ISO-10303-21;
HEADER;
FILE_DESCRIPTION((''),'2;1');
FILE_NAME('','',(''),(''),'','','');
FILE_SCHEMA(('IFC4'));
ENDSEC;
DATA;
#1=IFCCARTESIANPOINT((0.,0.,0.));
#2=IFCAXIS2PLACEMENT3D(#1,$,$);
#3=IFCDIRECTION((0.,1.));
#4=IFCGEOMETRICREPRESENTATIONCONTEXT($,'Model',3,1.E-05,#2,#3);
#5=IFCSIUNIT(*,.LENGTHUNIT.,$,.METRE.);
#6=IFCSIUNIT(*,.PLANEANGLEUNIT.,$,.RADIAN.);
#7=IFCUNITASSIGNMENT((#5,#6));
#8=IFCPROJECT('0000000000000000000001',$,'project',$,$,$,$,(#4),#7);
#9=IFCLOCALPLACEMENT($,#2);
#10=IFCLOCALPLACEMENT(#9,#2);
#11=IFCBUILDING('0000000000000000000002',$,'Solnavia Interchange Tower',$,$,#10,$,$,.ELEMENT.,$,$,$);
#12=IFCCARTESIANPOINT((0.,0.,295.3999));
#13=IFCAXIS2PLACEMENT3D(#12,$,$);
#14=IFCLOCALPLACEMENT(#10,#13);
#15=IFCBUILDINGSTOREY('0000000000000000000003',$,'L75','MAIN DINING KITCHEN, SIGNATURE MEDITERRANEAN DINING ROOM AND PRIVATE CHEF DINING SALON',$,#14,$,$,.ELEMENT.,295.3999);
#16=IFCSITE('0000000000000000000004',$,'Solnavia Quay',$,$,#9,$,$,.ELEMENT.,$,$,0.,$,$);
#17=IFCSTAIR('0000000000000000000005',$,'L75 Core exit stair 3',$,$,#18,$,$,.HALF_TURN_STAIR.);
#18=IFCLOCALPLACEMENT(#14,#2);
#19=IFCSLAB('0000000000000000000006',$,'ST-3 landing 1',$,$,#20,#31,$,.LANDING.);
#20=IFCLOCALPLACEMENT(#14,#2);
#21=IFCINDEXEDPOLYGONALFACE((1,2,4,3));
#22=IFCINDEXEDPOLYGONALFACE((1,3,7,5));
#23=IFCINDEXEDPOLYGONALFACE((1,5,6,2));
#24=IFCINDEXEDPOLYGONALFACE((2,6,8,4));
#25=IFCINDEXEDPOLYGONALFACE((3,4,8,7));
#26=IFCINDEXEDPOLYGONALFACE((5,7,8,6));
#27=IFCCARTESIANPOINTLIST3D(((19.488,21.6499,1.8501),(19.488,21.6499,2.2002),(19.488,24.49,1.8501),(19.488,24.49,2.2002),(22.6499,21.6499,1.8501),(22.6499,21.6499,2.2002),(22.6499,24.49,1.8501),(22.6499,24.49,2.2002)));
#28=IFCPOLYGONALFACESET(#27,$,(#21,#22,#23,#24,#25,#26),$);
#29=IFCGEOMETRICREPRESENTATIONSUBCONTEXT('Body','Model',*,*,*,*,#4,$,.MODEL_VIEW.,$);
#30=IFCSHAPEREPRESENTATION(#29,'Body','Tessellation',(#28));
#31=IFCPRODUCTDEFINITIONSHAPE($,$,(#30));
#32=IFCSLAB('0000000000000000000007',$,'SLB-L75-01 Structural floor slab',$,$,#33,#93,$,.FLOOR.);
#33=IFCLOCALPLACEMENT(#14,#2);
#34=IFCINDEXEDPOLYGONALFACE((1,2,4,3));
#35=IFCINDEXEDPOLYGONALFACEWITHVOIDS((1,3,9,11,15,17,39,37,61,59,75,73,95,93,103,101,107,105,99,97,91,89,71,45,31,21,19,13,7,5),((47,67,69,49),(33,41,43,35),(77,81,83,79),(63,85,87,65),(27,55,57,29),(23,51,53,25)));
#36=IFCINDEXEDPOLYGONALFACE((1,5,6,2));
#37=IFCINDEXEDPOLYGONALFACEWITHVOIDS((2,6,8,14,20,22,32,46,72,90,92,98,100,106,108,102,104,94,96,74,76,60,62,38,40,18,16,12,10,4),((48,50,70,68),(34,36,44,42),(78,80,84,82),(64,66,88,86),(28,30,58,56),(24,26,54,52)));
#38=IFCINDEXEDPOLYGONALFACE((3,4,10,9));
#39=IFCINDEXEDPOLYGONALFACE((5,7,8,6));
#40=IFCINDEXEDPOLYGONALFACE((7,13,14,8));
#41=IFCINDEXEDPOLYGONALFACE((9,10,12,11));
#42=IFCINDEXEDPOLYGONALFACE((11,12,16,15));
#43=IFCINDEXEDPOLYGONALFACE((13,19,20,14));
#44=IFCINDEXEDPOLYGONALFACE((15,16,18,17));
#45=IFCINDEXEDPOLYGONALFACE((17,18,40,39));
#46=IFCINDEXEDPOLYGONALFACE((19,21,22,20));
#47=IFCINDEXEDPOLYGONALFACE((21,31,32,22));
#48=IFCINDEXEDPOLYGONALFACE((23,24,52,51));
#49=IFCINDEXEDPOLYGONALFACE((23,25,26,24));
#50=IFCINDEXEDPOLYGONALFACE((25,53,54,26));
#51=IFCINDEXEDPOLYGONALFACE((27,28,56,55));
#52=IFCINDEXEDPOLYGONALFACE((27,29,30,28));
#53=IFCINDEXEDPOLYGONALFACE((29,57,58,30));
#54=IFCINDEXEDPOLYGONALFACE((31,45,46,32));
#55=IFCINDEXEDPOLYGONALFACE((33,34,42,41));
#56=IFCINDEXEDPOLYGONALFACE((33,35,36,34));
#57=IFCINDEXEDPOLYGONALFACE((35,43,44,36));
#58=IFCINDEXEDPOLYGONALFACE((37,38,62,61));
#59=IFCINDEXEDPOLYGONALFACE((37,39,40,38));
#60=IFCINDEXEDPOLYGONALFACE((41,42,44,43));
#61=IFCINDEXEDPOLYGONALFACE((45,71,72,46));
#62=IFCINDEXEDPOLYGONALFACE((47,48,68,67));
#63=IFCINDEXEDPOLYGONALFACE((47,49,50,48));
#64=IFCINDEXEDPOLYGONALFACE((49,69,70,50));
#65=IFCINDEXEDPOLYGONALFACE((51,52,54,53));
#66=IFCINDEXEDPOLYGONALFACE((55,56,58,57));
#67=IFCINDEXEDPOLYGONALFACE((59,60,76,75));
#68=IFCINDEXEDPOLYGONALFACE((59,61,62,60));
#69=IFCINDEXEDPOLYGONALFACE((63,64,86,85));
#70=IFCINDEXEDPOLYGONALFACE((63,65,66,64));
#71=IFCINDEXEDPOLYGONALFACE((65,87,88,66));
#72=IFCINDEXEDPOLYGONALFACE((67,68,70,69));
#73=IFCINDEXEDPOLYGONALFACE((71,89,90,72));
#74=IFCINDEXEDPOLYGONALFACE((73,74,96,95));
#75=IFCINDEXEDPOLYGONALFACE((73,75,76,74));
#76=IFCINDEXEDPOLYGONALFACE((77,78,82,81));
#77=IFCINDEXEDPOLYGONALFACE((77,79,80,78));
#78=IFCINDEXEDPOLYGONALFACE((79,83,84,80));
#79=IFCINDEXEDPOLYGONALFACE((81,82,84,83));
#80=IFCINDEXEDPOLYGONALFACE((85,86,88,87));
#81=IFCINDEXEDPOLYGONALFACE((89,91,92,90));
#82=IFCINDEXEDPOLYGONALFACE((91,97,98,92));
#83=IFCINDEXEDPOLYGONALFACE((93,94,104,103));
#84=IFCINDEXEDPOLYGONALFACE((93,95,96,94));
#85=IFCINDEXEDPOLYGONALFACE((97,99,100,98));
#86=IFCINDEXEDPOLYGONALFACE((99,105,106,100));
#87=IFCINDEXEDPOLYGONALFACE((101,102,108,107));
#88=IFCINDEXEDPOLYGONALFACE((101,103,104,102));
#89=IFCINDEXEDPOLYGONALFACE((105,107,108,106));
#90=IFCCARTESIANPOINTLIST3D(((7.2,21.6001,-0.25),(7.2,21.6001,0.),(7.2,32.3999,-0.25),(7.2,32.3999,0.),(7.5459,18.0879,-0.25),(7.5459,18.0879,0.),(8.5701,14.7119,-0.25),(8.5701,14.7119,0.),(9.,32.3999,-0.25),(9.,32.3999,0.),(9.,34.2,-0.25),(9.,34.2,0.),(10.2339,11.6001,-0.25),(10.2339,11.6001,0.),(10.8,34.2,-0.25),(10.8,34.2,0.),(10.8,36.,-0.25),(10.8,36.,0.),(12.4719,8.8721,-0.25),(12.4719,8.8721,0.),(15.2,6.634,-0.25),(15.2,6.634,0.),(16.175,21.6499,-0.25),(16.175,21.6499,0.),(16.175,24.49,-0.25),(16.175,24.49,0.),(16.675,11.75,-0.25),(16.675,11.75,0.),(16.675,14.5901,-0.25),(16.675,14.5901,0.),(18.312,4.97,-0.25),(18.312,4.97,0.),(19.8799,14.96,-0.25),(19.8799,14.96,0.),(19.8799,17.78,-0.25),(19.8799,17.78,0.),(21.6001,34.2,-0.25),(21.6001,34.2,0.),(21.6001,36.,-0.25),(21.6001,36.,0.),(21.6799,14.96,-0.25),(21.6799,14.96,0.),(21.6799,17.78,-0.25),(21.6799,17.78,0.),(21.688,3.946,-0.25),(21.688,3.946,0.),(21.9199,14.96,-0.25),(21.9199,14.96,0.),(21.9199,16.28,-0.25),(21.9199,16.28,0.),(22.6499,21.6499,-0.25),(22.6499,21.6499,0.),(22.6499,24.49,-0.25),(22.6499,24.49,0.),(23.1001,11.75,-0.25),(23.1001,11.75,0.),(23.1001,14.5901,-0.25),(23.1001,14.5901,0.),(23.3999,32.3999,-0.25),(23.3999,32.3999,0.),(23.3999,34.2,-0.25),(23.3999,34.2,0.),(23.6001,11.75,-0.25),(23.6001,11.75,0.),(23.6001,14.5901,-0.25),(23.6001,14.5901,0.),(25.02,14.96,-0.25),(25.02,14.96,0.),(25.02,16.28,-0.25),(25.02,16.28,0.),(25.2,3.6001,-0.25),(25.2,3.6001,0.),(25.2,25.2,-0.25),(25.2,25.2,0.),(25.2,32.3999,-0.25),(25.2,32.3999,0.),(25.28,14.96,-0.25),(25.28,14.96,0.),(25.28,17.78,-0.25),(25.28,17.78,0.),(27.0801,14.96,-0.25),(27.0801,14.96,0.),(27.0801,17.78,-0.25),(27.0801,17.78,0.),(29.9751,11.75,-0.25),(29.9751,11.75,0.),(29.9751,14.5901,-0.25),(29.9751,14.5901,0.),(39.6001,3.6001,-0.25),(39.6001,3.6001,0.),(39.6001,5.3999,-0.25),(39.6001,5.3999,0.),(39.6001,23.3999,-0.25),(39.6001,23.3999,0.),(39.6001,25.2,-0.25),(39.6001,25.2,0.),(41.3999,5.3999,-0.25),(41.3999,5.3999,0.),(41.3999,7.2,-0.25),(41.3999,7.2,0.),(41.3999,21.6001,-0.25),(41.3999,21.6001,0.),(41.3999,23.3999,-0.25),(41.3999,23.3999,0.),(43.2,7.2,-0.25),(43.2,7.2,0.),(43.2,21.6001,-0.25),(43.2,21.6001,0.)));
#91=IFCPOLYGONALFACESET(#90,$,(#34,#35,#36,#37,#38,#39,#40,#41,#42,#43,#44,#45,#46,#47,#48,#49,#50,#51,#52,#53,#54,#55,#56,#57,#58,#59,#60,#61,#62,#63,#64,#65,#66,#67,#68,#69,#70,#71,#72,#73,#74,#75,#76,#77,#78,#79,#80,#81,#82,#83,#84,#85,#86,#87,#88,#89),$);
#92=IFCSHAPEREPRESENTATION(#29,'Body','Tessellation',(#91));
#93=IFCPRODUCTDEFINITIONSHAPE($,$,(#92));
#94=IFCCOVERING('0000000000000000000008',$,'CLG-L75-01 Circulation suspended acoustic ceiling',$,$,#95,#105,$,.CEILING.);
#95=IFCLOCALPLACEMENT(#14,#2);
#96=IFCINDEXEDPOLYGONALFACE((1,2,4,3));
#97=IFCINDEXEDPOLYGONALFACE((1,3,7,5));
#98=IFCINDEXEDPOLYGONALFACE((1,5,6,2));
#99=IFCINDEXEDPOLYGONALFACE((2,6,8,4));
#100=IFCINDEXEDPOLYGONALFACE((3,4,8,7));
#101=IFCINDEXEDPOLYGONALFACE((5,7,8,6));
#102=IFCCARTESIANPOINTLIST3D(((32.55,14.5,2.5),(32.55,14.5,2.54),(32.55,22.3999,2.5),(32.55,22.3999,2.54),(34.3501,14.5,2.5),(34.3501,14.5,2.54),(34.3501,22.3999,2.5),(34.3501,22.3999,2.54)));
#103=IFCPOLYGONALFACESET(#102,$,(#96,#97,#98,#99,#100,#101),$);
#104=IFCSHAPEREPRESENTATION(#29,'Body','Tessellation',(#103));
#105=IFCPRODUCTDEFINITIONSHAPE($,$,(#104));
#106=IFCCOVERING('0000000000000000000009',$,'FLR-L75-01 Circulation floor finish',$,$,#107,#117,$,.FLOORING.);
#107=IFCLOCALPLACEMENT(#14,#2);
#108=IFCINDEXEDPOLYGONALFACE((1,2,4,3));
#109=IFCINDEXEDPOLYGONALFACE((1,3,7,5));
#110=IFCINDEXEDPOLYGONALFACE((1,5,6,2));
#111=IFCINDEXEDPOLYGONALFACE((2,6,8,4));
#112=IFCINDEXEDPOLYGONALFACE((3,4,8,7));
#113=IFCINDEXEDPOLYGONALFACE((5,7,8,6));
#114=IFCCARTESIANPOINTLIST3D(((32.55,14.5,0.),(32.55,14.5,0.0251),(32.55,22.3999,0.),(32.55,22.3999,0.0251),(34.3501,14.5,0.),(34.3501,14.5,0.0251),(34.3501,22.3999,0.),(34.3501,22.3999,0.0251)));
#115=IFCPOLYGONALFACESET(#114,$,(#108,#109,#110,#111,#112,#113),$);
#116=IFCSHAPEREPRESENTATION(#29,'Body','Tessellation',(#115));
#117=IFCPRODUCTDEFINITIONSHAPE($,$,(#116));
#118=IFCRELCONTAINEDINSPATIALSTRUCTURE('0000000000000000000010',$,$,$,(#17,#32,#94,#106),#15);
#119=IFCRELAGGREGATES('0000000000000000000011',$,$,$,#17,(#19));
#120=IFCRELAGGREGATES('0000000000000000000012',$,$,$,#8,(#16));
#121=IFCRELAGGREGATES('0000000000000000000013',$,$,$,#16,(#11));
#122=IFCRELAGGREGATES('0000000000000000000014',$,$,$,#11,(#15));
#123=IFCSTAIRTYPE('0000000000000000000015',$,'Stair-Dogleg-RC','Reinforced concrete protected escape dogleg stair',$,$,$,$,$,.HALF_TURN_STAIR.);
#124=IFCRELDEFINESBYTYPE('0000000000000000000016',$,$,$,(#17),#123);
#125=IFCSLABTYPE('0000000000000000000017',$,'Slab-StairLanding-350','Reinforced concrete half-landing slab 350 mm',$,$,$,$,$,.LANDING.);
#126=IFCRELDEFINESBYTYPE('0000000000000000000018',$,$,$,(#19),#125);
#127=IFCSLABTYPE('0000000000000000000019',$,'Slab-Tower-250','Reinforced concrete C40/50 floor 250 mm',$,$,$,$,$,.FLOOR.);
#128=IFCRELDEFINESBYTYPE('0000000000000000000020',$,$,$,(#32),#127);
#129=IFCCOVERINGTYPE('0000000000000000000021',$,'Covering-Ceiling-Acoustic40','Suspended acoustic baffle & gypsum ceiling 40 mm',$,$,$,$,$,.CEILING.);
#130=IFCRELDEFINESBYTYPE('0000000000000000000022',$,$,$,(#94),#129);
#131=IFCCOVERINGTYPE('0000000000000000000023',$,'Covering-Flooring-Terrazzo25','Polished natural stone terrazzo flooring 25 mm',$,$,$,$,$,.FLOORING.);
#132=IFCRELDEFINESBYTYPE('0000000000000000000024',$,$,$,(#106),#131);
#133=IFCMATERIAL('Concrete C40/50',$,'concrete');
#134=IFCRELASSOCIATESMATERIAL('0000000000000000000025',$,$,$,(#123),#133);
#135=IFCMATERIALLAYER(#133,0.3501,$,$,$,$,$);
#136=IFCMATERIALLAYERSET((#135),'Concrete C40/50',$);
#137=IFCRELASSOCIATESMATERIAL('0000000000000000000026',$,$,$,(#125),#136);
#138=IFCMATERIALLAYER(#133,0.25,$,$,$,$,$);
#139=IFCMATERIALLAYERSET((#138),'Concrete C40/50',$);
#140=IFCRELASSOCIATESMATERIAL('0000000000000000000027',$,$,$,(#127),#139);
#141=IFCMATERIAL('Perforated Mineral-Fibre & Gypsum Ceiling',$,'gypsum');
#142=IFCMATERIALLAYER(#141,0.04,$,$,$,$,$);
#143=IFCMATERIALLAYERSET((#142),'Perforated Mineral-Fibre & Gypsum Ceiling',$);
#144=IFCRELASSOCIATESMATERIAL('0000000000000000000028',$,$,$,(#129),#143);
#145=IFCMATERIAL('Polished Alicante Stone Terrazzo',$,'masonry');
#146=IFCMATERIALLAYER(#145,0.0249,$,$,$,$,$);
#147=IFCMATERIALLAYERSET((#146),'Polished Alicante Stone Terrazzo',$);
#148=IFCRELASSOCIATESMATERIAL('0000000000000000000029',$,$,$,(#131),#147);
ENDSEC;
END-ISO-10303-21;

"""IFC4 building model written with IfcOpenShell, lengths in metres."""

from ifc_helpers import new_model, si_unit, direction, frame, origin, place, context, subcontext, project, spatial, polyline, outline, extrude, material, layer, layer_set, type_object, element, aggregate, save


model = new_model("IFC4")

# Units and contexts
model_context = context("Model", 3, precision=1e-05, world=origin(), true_north=direction((0.0, 1.0)))
body_context = subcontext(model_context, "Body", "Model", "MODEL_VIEW")
ifc_project = project(units=[si_unit("LENGTHUNIT", "METRE"), si_unit("PLANEANGLEUNIT", "RADIAN")], contexts=[model_context])

# Site, building, storey
site_placement = place(None, origin())
site = spatial("IfcSite", under=ifc_project, at=site_placement, Name="Solnavia Quay", CompositionType="ELEMENT", RefElevation=0.0)
building_placement = place(site_placement, origin())
building = spatial("IfcBuilding", under=site, at=building_placement, Name="Solnavia Interchange Tower", CompositionType="ELEMENT")
storey_placement = place(building_placement, frame((0.0, 0.0, 295.3999)))
storey = spatial("IfcBuildingStorey", under=building, at=storey_placement, Name="L75", Description="MAIN DINING KITCHEN, SIGNATURE MEDITERRANEAN DINING ROOM AND PRIVATE CHEF DINING SALON", CompositionType="ELEMENT", Elevation=295.3999)

# Stair, slab
ifc_material_1 = material(Name="Concrete C40/50", Category="concrete")
stair_type = type_object("IfcStairType", Name="Stair-Dogleg-RC", Description="Reinforced concrete protected escape dogleg stair", PredefinedType="HALF_TURN_STAIR", material=ifc_material_1)
ifc_layer_1 = layer(ifc_material_1, 0.3501)
ifc_layer_set_1 = layer_set([ifc_layer_1], Name="Concrete C40/50")
slab_type_1 = type_object("IfcSlabType", Name="Slab-StairLanding-350", Description="Reinforced concrete half-landing slab 350 mm", PredefinedType="LANDING", material=ifc_layer_set_1)
stair_1_placement = place(storey_placement, origin())
stair_1 = element("IfcStair", 1, at=stair_1_placement, inside=storey, type_object=stair_type, Name="L75 Core exit stair 3", PredefinedType="HALF_TURN_STAIR")
slab_1_placement = place(storey_placement, frame((0.0, 0.0, 1.8501)))
slab_1 = element("IfcSlab", 2, at=slab_1_placement, type_object=slab_type_1, Name="ST-3 landing 1", PredefinedType="LANDING", context=body_context, shape_type="SweptSolid", body=[
    extrude(outline(polyline([(19.488, 21.6499), (22.6499, 21.6499), (22.6499, 24.49), (19.488, 24.49), (19.488, 21.6499)])), origin(), (0.0, 0.0, 1.0), 0.3501),
])
aggregate(stair_1, [slab_1])

# Slab
ifc_layer_2 = layer(ifc_material_1, 0.25)
ifc_layer_set_2 = layer_set([ifc_layer_2], Name="Concrete C40/50")
slab_type_2 = type_object("IfcSlabType", Name="Slab-Tower-250", Description="Reinforced concrete C40/50 floor 250 mm", PredefinedType="FLOOR", material=ifc_layer_set_2)
slab_2_placement = place(storey_placement, frame((0.0, 0.0, -0.25)))
element("IfcSlab", 3, at=slab_2_placement, inside=storey, type_object=slab_type_2, Name="SLB-L75-01 Structural floor slab", PredefinedType="FLOOR", context=body_context, shape_type="SweptSolid", body=[
    extrude(outline(polyline([(25.2, 3.6001), (39.6001, 3.6001), (39.6001, 5.3999), (41.3999, 5.3999), (41.3999, 7.2), (43.2, 7.2), (43.2, 21.6001), (41.3999, 21.6001), (41.3999, 23.3999), (39.6001, 23.3999), (39.6001, 25.2), (25.2, 25.2), (25.2, 32.3999), (23.3999, 32.3999), (23.3999, 34.2), (21.6001, 34.2), (21.6001, 36.0), (10.8, 36.0), (10.8, 34.2), (9.0, 34.2), (9.0, 32.3999), (7.2, 32.3999), (7.2, 21.6001), (7.5459, 18.0879), (8.5701, 14.7119), (10.2339, 11.6001), (12.4719, 8.8721), (15.2, 6.634), (18.312, 4.97), (21.688, 3.946), (25.2, 3.6001)]), holes=[polyline([(16.675, 11.75), (23.1001, 11.75), (23.1001, 14.5901), (16.675, 14.5901), (16.675, 11.75)]), polyline([(23.6001, 11.75), (29.9751, 11.75), (29.9751, 14.5901), (23.6001, 14.5901), (23.6001, 11.75)]), polyline([(16.175, 21.6499), (22.6499, 21.6499), (22.6499, 24.49), (16.175, 24.49), (16.175, 21.6499)]), polyline([(19.8799, 14.96), (21.6799, 14.96), (21.6799, 17.78), (19.8799, 17.78), (19.8799, 14.96)]), polyline([(25.28, 14.96), (27.0801, 14.96), (27.0801, 17.78), (25.28, 17.78), (25.28, 14.96)]), polyline([(21.9199, 14.96), (25.02, 14.96), (25.02, 16.28), (21.9199, 16.28), (21.9199, 14.96)])]), origin(), (0.0, 0.0, 1.0), 0.25),
])

# Coverings
ifc_material_2 = material(Name="Perforated Mineral-Fibre & Gypsum Ceiling", Category="gypsum")
ifc_layer_3 = layer(ifc_material_2, 0.04)
ifc_layer_set_3 = layer_set([ifc_layer_3], Name="Perforated Mineral-Fibre & Gypsum Ceiling")
covering_type_1 = type_object("IfcCoveringType", Name="Covering-Ceiling-Acoustic40", Description="Suspended acoustic baffle & gypsum ceiling 40 mm", PredefinedType="CEILING", material=ifc_layer_set_3)
covering_1_placement = place(storey_placement, frame((0.0, 0.0, 2.5)))
element("IfcCovering", 4, at=covering_1_placement, inside=storey, type_object=covering_type_1, Name="CLG-L75-01 Circulation suspended acoustic ceiling", PredefinedType="CEILING", context=body_context, shape_type="SweptSolid", body=[
    extrude(outline(polyline([(32.55, 14.5), (34.3501, 14.5), (34.3501, 22.3999), (32.55, 22.3999), (32.55, 14.5)])), origin(), (0.0, 0.0, 1.0), 0.04),
])
ifc_material_3 = material(Name="Polished Alicante Stone Terrazzo", Category="masonry")
ifc_layer_4 = layer(ifc_material_3, 0.0249)
ifc_layer_set_4 = layer_set([ifc_layer_4], Name="Polished Alicante Stone Terrazzo")
covering_type_2 = type_object("IfcCoveringType", Name="Covering-Flooring-Terrazzo25", Description="Polished natural stone terrazzo flooring 25 mm", PredefinedType="FLOORING", material=ifc_layer_set_4)
covering_2_placement = place(storey_placement, origin())
element("IfcCovering", 5, at=covering_2_placement, inside=storey, type_object=covering_type_2, Name="FLR-L75-01 Circulation floor finish", PredefinedType="FLOORING", context=body_context, shape_type="SweptSolid", body=[
    extrude(outline(polyline([(32.55, 14.5), (34.3501, 14.5), (34.3501, 22.3999), (32.55, 22.3999), (32.55, 14.5)])), origin(), (0.0, 0.0, 1.0), 0.0251),
])

save(model, "model.ifc")
